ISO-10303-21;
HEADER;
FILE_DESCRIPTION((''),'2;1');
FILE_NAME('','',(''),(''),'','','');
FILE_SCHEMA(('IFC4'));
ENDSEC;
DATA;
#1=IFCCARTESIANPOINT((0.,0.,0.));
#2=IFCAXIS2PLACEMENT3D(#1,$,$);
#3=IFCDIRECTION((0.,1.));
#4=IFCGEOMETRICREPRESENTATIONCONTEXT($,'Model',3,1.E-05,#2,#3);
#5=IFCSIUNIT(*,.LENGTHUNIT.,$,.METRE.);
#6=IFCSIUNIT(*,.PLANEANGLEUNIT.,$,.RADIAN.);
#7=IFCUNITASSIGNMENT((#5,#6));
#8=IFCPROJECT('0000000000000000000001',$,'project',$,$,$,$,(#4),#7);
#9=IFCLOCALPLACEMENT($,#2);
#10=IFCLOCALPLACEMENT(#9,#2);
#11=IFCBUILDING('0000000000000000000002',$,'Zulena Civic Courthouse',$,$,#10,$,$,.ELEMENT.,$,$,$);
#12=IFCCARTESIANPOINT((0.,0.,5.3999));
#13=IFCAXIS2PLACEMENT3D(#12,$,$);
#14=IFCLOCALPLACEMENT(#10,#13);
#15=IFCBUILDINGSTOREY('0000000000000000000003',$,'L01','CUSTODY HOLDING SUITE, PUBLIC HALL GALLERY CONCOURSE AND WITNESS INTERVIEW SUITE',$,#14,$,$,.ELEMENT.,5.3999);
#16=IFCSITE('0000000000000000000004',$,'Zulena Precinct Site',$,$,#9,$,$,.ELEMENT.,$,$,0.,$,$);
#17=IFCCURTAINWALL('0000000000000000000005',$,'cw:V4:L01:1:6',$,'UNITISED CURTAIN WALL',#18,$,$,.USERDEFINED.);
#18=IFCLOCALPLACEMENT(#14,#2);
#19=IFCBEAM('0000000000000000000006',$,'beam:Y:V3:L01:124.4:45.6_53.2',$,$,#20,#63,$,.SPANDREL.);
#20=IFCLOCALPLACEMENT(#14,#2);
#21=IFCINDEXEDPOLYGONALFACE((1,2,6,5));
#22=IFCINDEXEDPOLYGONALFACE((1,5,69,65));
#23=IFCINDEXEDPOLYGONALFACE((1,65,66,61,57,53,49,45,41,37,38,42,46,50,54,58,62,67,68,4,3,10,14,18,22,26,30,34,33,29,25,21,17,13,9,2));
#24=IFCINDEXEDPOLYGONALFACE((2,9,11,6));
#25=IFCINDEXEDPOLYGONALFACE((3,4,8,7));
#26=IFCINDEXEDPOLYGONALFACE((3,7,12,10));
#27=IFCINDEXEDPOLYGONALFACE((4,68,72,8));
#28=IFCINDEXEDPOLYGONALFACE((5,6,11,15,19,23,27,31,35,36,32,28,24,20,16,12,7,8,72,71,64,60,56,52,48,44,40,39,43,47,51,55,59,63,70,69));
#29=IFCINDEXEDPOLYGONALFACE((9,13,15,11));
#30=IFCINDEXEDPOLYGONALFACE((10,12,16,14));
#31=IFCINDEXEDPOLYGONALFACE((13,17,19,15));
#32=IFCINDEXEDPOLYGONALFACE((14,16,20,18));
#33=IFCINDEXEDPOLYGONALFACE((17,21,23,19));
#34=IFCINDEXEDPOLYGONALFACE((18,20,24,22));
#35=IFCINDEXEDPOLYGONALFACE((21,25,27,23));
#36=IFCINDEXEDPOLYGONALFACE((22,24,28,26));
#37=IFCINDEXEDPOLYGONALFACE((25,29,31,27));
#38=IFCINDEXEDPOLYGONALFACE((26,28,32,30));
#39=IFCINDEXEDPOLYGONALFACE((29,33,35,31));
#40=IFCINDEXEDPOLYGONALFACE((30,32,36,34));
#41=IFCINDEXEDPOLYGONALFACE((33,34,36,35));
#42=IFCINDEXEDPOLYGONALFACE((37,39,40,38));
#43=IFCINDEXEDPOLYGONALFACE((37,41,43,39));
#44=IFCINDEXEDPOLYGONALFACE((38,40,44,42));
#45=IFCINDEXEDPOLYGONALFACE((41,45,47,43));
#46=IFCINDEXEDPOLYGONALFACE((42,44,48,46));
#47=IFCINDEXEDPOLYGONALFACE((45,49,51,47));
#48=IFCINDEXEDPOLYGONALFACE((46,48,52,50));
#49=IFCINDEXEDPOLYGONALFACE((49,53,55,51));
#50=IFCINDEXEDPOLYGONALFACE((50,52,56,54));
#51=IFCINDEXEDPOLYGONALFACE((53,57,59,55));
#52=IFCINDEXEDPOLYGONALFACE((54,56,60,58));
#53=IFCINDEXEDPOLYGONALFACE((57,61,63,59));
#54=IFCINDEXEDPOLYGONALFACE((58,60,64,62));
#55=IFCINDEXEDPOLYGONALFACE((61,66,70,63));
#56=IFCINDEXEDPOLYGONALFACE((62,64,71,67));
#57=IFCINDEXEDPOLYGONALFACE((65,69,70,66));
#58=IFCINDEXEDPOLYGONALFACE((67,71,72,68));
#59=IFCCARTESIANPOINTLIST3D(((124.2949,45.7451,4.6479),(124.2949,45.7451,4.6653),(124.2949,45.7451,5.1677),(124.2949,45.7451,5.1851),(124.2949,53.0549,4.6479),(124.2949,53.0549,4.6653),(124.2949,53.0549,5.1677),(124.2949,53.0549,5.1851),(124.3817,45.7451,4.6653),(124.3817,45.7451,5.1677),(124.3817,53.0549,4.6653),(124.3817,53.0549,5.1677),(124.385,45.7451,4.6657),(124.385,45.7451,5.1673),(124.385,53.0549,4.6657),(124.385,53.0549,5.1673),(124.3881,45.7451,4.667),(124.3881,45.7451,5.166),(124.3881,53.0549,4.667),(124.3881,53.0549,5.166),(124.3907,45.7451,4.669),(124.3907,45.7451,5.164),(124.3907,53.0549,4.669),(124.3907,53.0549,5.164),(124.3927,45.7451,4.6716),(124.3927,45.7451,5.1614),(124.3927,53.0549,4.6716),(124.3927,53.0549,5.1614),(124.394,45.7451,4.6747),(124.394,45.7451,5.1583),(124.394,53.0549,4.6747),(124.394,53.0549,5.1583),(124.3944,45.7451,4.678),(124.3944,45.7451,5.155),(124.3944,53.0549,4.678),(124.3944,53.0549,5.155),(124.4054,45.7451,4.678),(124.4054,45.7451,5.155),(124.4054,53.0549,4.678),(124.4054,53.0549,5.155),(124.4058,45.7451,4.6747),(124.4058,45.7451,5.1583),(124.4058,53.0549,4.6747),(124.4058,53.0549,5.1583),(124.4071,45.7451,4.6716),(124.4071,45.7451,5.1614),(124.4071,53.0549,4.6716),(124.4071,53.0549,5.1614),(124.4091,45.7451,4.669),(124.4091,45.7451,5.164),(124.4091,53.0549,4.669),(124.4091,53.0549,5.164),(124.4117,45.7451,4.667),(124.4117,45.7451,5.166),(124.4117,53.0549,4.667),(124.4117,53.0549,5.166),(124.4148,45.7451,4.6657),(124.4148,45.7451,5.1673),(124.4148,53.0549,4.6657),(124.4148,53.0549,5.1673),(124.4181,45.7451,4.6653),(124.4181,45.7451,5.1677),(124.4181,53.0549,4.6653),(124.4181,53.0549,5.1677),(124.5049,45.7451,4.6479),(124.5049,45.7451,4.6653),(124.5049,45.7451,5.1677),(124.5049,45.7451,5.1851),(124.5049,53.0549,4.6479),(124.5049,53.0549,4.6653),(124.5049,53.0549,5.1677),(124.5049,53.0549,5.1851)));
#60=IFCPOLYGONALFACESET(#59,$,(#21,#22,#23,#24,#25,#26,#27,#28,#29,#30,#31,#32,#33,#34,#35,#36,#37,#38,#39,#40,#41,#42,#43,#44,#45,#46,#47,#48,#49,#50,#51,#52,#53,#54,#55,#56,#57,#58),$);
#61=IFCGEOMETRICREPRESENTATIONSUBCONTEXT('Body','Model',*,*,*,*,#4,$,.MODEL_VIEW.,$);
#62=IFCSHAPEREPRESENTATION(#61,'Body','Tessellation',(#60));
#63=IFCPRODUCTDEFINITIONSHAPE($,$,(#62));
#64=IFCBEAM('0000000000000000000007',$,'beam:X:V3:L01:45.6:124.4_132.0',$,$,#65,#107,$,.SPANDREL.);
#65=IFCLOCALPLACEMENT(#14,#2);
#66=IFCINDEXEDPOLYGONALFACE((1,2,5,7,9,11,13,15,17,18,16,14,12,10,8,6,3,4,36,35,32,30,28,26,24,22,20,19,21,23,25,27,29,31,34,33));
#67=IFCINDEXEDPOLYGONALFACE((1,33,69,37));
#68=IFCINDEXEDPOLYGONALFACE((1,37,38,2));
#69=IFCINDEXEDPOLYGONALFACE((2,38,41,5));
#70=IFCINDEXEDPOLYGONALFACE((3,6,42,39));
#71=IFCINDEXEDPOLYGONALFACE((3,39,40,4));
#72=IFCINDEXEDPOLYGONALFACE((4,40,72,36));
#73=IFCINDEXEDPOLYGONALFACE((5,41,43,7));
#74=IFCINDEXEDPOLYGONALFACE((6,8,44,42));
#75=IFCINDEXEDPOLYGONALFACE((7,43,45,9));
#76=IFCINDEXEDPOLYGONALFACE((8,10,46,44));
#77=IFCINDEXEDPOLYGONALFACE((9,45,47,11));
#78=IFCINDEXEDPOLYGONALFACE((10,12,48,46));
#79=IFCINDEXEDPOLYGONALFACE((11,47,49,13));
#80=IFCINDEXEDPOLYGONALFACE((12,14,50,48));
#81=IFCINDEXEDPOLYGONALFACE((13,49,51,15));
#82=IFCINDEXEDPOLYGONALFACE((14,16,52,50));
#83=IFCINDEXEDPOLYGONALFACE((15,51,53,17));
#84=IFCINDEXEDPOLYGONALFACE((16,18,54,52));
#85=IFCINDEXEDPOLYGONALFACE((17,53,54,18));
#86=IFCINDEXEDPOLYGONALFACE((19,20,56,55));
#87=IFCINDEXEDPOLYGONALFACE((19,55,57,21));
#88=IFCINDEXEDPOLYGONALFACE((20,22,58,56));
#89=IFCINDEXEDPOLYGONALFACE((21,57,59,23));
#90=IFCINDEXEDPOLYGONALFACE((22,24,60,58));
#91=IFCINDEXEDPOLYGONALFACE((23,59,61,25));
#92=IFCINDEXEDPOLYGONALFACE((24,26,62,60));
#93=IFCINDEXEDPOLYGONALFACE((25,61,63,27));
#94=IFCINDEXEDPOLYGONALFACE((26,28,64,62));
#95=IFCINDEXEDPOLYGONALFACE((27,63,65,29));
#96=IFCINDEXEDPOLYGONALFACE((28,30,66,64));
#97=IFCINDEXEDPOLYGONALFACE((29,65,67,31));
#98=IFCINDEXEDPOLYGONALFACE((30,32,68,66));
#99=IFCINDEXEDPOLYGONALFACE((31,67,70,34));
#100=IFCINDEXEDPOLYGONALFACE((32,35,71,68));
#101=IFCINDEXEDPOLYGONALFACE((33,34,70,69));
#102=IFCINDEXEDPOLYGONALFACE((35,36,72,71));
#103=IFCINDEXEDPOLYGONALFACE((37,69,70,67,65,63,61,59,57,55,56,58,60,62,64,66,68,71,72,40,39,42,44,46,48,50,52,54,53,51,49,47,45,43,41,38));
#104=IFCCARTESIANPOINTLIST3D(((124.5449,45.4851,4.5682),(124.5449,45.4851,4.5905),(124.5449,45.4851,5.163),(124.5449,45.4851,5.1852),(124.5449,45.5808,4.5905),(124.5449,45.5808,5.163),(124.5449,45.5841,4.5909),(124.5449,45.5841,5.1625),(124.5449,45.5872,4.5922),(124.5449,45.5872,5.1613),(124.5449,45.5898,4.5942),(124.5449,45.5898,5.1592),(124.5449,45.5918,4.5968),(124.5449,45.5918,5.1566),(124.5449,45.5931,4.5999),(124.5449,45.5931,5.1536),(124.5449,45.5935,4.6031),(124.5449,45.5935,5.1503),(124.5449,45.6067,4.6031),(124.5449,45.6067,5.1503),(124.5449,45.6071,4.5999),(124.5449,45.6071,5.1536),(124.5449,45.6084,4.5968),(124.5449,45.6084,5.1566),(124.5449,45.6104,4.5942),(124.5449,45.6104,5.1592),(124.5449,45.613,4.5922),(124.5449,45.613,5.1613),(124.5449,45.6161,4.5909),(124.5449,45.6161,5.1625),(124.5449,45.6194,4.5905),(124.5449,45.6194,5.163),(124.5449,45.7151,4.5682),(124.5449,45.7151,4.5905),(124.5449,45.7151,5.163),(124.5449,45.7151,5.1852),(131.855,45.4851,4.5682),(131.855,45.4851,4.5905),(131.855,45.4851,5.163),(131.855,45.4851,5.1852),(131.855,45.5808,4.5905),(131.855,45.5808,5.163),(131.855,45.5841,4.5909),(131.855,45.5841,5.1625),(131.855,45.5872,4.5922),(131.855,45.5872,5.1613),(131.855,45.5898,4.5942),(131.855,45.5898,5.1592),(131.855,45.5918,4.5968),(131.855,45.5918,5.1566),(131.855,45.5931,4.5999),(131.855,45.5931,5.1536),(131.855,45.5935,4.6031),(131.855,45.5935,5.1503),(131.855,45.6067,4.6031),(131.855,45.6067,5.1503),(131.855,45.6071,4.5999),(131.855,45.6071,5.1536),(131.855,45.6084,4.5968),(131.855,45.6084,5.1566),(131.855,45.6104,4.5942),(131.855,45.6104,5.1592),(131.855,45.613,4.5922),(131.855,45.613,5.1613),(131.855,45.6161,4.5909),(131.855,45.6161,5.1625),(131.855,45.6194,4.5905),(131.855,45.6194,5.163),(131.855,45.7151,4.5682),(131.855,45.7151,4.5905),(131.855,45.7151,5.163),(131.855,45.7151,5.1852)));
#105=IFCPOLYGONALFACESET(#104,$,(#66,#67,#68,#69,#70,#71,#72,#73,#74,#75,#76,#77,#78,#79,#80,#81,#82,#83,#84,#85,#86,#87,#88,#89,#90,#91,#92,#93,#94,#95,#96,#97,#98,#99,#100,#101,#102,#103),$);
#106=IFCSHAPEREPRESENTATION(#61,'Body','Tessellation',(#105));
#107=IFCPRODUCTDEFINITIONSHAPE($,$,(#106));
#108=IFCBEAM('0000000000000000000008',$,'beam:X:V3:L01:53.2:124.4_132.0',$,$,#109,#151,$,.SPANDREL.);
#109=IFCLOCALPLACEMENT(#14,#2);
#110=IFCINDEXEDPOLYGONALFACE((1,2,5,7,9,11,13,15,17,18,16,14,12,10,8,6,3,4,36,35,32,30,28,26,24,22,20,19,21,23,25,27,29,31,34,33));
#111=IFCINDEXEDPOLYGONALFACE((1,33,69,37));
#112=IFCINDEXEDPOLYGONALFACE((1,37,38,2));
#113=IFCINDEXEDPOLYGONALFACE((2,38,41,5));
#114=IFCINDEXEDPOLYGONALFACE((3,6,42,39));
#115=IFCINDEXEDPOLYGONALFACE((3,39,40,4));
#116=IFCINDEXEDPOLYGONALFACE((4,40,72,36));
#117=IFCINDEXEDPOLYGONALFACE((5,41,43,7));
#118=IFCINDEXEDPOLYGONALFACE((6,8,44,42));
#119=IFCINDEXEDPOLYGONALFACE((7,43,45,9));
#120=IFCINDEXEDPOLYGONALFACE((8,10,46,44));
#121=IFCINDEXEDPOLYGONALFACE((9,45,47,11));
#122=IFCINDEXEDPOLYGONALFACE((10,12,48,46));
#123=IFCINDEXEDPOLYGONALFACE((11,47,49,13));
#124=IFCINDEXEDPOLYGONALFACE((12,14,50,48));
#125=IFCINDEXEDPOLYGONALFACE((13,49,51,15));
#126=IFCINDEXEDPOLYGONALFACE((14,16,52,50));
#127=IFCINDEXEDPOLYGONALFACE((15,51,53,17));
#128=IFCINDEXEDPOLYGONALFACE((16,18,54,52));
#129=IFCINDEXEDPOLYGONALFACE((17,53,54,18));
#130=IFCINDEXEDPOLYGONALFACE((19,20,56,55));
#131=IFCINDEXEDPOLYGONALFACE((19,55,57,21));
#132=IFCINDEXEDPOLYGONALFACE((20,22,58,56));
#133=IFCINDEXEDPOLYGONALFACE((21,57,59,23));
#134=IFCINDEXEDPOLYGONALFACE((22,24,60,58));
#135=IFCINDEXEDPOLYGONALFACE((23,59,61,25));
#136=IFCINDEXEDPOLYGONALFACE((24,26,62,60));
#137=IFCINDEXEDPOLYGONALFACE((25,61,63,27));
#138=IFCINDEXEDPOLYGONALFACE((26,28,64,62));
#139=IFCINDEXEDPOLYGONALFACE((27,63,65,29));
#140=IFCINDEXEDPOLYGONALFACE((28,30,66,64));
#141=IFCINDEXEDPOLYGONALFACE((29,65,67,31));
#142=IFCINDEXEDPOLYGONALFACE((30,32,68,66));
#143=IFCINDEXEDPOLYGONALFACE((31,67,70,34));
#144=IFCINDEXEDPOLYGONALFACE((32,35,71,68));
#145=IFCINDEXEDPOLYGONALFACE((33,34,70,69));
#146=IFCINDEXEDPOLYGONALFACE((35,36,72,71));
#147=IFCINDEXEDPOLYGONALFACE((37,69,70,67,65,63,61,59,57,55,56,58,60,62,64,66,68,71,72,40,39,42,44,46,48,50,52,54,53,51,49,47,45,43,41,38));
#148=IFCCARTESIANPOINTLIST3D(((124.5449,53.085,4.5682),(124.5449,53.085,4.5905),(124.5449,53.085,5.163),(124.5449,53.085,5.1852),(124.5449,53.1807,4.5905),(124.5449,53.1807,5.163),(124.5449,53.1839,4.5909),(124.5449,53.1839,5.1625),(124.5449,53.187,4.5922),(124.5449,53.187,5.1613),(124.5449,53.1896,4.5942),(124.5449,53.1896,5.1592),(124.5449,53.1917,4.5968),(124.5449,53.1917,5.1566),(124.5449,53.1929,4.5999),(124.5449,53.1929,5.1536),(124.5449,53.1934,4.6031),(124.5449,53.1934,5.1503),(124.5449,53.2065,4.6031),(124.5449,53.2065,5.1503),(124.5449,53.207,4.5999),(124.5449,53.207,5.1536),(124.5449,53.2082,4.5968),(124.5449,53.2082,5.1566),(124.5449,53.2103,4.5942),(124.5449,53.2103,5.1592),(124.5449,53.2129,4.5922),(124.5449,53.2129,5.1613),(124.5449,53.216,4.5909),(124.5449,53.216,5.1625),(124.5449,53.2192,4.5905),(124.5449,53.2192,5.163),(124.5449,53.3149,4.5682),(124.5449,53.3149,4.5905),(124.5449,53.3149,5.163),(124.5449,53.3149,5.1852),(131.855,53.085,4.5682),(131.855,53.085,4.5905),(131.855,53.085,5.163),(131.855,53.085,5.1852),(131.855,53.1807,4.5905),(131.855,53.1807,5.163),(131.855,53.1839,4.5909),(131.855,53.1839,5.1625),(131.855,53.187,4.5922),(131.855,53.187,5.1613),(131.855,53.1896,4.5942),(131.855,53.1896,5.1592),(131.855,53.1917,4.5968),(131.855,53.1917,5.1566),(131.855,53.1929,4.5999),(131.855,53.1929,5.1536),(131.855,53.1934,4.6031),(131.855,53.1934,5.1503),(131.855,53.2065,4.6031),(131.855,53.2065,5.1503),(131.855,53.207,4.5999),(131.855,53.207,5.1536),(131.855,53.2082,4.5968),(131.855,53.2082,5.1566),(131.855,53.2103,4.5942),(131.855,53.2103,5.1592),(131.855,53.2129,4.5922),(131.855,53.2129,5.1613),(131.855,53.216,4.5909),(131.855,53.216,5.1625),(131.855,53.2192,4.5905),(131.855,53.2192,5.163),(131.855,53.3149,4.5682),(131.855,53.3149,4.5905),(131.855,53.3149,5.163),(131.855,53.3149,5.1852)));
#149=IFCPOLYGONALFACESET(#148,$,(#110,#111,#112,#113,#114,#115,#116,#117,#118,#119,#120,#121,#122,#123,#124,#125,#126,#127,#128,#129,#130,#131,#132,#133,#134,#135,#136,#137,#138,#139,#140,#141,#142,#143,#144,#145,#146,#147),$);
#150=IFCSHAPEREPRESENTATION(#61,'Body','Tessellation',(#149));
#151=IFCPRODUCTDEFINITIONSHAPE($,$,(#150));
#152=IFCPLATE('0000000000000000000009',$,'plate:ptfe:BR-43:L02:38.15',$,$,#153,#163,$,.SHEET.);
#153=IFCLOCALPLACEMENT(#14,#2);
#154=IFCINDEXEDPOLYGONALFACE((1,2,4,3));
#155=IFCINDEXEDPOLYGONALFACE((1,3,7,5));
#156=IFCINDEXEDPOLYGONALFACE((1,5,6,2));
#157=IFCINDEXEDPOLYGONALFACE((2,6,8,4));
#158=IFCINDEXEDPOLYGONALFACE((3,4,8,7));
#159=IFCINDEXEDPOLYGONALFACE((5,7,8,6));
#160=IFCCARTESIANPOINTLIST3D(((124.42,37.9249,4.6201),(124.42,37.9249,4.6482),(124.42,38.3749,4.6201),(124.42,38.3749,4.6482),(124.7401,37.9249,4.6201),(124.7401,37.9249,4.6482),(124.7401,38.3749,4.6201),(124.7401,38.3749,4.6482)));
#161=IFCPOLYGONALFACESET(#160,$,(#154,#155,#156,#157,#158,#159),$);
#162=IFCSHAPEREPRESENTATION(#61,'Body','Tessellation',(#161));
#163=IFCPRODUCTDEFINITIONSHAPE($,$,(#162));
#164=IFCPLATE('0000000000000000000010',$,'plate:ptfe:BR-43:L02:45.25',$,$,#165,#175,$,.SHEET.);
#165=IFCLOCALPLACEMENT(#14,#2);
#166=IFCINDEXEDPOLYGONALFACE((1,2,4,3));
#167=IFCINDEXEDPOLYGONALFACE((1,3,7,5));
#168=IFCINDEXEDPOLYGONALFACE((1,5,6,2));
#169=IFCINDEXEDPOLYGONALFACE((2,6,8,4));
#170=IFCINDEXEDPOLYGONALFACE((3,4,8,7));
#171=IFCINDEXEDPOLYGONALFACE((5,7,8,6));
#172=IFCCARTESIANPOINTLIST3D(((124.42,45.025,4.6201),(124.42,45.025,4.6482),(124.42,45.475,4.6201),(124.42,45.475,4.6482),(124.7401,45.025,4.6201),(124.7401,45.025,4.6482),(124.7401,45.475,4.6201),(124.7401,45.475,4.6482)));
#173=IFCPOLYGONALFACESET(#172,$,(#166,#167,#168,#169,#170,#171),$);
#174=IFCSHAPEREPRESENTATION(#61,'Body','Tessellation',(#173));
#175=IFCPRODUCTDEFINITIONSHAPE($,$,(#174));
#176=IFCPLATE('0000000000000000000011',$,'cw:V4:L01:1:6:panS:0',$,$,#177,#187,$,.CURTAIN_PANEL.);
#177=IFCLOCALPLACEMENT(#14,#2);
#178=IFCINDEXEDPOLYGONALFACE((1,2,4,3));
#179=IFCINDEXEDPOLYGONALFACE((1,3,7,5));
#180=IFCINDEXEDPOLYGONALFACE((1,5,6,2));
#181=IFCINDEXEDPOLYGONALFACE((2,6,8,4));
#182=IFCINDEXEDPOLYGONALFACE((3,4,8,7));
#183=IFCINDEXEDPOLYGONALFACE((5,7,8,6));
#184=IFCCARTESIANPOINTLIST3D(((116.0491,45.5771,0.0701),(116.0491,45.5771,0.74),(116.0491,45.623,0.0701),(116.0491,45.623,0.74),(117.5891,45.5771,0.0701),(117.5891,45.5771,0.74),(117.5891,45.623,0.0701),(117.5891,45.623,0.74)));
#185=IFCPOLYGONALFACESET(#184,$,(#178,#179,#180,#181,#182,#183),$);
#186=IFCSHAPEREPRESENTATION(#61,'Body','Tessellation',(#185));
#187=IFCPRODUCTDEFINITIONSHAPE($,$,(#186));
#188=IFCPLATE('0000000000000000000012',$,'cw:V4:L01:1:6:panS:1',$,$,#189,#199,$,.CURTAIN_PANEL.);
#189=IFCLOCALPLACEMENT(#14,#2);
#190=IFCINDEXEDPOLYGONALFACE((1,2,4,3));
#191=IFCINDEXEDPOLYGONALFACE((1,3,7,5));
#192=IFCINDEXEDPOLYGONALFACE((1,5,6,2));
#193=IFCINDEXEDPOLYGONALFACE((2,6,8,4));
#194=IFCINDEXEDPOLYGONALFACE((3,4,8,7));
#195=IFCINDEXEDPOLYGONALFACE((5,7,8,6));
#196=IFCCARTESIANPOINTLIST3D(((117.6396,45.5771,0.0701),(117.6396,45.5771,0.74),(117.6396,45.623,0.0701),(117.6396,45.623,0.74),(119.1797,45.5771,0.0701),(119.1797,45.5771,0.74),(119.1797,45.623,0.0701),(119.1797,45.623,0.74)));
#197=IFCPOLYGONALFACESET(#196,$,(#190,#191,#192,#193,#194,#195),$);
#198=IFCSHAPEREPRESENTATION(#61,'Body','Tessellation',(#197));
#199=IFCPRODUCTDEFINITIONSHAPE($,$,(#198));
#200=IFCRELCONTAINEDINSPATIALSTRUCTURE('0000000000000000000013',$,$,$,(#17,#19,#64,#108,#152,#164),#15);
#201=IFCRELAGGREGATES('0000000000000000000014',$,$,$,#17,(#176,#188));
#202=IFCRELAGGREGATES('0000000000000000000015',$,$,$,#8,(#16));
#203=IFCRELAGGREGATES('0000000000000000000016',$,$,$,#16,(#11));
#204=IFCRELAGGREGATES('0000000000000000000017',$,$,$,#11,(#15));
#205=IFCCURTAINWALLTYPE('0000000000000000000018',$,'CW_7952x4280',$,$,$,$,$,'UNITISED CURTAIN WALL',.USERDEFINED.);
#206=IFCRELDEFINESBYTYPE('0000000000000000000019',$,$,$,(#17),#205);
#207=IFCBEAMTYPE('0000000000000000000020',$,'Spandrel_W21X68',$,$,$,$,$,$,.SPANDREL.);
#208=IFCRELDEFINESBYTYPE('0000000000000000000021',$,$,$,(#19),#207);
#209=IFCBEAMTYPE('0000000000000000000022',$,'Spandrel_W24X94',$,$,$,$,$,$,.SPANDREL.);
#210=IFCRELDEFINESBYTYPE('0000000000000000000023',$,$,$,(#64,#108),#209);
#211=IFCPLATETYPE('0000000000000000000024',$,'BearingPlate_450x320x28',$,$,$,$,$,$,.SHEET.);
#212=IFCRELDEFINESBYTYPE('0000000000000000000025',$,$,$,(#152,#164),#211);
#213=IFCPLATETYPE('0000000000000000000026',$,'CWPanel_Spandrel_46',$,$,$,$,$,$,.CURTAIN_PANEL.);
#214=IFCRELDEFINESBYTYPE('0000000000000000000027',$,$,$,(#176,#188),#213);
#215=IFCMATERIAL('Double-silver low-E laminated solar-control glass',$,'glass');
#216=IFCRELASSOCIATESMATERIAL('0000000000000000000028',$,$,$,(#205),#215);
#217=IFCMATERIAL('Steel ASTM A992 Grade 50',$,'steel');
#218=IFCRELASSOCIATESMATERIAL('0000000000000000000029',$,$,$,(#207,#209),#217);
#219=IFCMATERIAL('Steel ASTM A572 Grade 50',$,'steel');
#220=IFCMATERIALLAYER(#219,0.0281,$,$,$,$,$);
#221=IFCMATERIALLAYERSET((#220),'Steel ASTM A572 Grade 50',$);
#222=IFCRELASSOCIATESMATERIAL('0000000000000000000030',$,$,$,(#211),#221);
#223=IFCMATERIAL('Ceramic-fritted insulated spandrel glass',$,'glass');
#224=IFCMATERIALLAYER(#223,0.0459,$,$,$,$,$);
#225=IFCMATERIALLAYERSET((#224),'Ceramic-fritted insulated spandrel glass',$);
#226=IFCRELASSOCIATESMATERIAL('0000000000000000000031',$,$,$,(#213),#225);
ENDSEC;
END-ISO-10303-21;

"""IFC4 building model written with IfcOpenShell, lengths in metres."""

from ifc_helpers import new_model, si_unit, direction, frame, origin, origin_2d, place, context, subcontext, project, spatial, rectangle, i_section, extrude, material, layer, layer_set, material_profile, profile_set, type_object, element, aggregate, save


model = new_model("IFC4")

# Units and contexts
model_context = context("Model", 3, precision=1e-05, world=origin(), true_north=direction((0.0, 1.0)))
body_context = subcontext(model_context, "Body", "Model", "MODEL_VIEW")
ifc_project = project(units=[si_unit("LENGTHUNIT", "METRE"), si_unit("PLANEANGLEUNIT", "RADIAN")], contexts=[model_context])

# Site, building, storey
site_placement = place(None, origin())
site = spatial("IfcSite", under=ifc_project, at=site_placement, Name="Zulena Precinct Site", CompositionType="ELEMENT", RefElevation=0.0)
building_placement = place(site_placement, origin())
building = spatial("IfcBuilding", under=site, at=building_placement, Name="Zulena Civic Courthouse", CompositionType="ELEMENT")
storey_placement = place(building_placement, frame((0.0, 0.0, 5.3999)))
storey = spatial("IfcBuildingStorey", under=building, at=storey_placement, Name="L01", Description="CUSTODY HOLDING SUITE, PUBLIC HALL GALLERY CONCOURSE AND WITNESS INTERVIEW SUITE", CompositionType="ELEMENT", Elevation=5.3999)

# Shared definitions
ifc_material_1 = material(Name="Steel ASTM A992 Grade 50", Category="steel")

# Curtain wall
ifc_material_2 = material(Name="Double-silver low-E laminated solar-control glass", Category="glass")
curtain_wall_type = type_object("IfcCurtainWallType", Name="CW_7952x4280", ElementType="UNITISED CURTAIN WALL", PredefinedType="USERDEFINED", material=ifc_material_2)
curtain_wall_placement = place(storey_placement, origin())
curtain_wall = element("IfcCurtainWall", 1, at=curtain_wall_placement, inside=storey, type_object=curtain_wall_type, Name="cw:V4:L01:1:6", ObjectType="UNITISED CURTAIN WALL", PredefinedType="USERDEFINED")

# Beams
ifc_material_profile_1 = material_profile(ifc_material_1, i_section(OverallWidth=0.21, OverallDepth=0.5371, WebThickness=0.011, FlangeThickness=0.0173, FilletRadius=0.0127, at=origin_2d()), Name="W21X68")
ifc_profile_set_1 = profile_set([ifc_material_profile_1], Name="Steel ASTM A992 Grade 50")
beam_type_1 = type_object("IfcBeamType", Name="Spandrel_W21X68", PredefinedType="SPANDREL", material=ifc_profile_set_1)
beam_1_placement = place(storey_placement, frame((124.3999, 45.7451, 4.9165), z_axis=(0.0, 1.0, 0.0), x_axis=(-1.0, 0.0, 0.0)))
element("IfcBeam", 2, at=beam_1_placement, inside=storey, type_object=beam_type_1, Name="beam:Y:V3:L01:124.4:45.6_53.2", PredefinedType="SPANDREL", context=body_context, shape_type="SweptSolid", body=[
    extrude(i_section(OverallWidth=0.21, OverallDepth=0.5371, WebThickness=0.011, FlangeThickness=0.0173, FilletRadius=0.0127, at=origin_2d()), origin(), (0.0, 0.0, 1.0), 7.3098),
])
ifc_material_profile_2 = material_profile(ifc_material_1, i_section(OverallWidth=0.23, OverallDepth=0.6169, WebThickness=0.0132, FlangeThickness=0.0222, FilletRadius=0.0127, at=origin_2d()), Name="W24X94")
ifc_profile_set_2 = profile_set([ifc_material_profile_2], Name="Steel ASTM A992 Grade 50")
beam_type_2 = type_object("IfcBeamType", Name="Spandrel_W24X94", PredefinedType="SPANDREL", material=ifc_profile_set_2)
for number, where, z_axis, x_axis, name in (
    (3, (124.5449, 45.6001, 4.8767), (1.0, 0.0, 0.0), (0.0, 1.0, 0.0), "beam:X:V3:L01:45.6:124.4_132.0"),
    (4, (124.5449, 53.2, 4.8767), (1.0, 0.0, 0.0), (0.0, 1.0, 0.0), "beam:X:V3:L01:53.2:124.4_132.0"),
):
    element("IfcBeam", number, at=place(storey_placement, frame(where, z_axis=z_axis, x_axis=x_axis)), inside=storey, type_object=beam_type_2, Name=name, PredefinedType="SPANDREL", context=body_context, shape_type="SweptSolid", body=[
        extrude(i_section(OverallWidth=0.23, OverallDepth=0.6169, WebThickness=0.0132, FlangeThickness=0.0222, FilletRadius=0.0127, at=origin_2d()), origin(), (0.0, 0.0, 1.0), 7.3101),
    ])

# Plates
ifc_material_3 = material(Name="Steel ASTM A572 Grade 50", Category="steel")
ifc_layer_1 = layer(ifc_material_3, 0.0281)
ifc_layer_set_1 = layer_set([ifc_layer_1], Name="Steel ASTM A572 Grade 50")
plate_type_1 = type_object("IfcPlateType", Name="BearingPlate_450x320x28", PredefinedType="SHEET", material=ifc_layer_set_1)
for number, where, z_axis, x_axis, name in (
    (5, (124.5801, 38.1499, 4.6201), (0.0, 0.0, 1.0), (1.0, 0.0, 0.0), "plate:ptfe:BR-43:L02:38.15"),
    (6, (124.5801, 45.25, 4.6201), (0.0, 0.0, 1.0), (1.0, 0.0, 0.0), "plate:ptfe:BR-43:L02:45.25"),
):
    element("IfcPlate", number, at=place(storey_placement, frame(where, z_axis=z_axis, x_axis=x_axis)), inside=storey, type_object=plate_type_1, Name=name, PredefinedType="SHEET", context=body_context, shape_type="SweptSolid", body=[
        extrude(rectangle(XDim=0.3201, YDim=0.45, at=origin_2d()), origin(), (0.0, 0.0, 1.0), 0.0281),
    ])

# Plates
ifc_material_4 = material(Name="Ceramic-fritted insulated spandrel glass", Category="glass")
ifc_layer_2 = layer(ifc_material_4, 0.0459)
ifc_layer_set_2 = layer_set([ifc_layer_2], Name="Ceramic-fritted insulated spandrel glass")
plate_type_2 = type_object("IfcPlateType", Name="CWPanel_Spandrel_46", PredefinedType="CURTAIN_PANEL", material=ifc_layer_set_2)
plate_1_placement = place(storey_placement, frame((116.8191, 45.6001, 0.0701), z_axis=(0.0, 0.0, 1.0), x_axis=(1.0, 0.0, 0.0)))
plate_1 = element("IfcPlate", 7, at=plate_1_placement, type_object=plate_type_2, Name="cw:V4:L01:1:6:panS:0", PredefinedType="CURTAIN_PANEL", context=body_context, shape_type="SweptSolid", body=[
    extrude(rectangle(XDim=1.54, YDim=0.0459, at=origin_2d()), origin(), (0.0, 0.0, 1.0), 0.6699),
])
plate_2_placement = place(storey_placement, frame((118.4097, 45.6001, 0.0701), z_axis=(0.0, 0.0, 1.0), x_axis=(1.0, 0.0, 0.0)))
plate_2 = element("IfcPlate", 8, at=plate_2_placement, type_object=plate_type_2, Name="cw:V4:L01:1:6:panS:1", PredefinedType="CURTAIN_PANEL", context=body_context, shape_type="SweptSolid", body=[
    extrude(rectangle(XDim=1.54, YDim=0.0459, at=origin_2d()), origin(), (0.0, 0.0, 1.0), 0.6699),
])
aggregate(curtain_wall, [plate_1, plate_2])

save(model, "model.ifc")
